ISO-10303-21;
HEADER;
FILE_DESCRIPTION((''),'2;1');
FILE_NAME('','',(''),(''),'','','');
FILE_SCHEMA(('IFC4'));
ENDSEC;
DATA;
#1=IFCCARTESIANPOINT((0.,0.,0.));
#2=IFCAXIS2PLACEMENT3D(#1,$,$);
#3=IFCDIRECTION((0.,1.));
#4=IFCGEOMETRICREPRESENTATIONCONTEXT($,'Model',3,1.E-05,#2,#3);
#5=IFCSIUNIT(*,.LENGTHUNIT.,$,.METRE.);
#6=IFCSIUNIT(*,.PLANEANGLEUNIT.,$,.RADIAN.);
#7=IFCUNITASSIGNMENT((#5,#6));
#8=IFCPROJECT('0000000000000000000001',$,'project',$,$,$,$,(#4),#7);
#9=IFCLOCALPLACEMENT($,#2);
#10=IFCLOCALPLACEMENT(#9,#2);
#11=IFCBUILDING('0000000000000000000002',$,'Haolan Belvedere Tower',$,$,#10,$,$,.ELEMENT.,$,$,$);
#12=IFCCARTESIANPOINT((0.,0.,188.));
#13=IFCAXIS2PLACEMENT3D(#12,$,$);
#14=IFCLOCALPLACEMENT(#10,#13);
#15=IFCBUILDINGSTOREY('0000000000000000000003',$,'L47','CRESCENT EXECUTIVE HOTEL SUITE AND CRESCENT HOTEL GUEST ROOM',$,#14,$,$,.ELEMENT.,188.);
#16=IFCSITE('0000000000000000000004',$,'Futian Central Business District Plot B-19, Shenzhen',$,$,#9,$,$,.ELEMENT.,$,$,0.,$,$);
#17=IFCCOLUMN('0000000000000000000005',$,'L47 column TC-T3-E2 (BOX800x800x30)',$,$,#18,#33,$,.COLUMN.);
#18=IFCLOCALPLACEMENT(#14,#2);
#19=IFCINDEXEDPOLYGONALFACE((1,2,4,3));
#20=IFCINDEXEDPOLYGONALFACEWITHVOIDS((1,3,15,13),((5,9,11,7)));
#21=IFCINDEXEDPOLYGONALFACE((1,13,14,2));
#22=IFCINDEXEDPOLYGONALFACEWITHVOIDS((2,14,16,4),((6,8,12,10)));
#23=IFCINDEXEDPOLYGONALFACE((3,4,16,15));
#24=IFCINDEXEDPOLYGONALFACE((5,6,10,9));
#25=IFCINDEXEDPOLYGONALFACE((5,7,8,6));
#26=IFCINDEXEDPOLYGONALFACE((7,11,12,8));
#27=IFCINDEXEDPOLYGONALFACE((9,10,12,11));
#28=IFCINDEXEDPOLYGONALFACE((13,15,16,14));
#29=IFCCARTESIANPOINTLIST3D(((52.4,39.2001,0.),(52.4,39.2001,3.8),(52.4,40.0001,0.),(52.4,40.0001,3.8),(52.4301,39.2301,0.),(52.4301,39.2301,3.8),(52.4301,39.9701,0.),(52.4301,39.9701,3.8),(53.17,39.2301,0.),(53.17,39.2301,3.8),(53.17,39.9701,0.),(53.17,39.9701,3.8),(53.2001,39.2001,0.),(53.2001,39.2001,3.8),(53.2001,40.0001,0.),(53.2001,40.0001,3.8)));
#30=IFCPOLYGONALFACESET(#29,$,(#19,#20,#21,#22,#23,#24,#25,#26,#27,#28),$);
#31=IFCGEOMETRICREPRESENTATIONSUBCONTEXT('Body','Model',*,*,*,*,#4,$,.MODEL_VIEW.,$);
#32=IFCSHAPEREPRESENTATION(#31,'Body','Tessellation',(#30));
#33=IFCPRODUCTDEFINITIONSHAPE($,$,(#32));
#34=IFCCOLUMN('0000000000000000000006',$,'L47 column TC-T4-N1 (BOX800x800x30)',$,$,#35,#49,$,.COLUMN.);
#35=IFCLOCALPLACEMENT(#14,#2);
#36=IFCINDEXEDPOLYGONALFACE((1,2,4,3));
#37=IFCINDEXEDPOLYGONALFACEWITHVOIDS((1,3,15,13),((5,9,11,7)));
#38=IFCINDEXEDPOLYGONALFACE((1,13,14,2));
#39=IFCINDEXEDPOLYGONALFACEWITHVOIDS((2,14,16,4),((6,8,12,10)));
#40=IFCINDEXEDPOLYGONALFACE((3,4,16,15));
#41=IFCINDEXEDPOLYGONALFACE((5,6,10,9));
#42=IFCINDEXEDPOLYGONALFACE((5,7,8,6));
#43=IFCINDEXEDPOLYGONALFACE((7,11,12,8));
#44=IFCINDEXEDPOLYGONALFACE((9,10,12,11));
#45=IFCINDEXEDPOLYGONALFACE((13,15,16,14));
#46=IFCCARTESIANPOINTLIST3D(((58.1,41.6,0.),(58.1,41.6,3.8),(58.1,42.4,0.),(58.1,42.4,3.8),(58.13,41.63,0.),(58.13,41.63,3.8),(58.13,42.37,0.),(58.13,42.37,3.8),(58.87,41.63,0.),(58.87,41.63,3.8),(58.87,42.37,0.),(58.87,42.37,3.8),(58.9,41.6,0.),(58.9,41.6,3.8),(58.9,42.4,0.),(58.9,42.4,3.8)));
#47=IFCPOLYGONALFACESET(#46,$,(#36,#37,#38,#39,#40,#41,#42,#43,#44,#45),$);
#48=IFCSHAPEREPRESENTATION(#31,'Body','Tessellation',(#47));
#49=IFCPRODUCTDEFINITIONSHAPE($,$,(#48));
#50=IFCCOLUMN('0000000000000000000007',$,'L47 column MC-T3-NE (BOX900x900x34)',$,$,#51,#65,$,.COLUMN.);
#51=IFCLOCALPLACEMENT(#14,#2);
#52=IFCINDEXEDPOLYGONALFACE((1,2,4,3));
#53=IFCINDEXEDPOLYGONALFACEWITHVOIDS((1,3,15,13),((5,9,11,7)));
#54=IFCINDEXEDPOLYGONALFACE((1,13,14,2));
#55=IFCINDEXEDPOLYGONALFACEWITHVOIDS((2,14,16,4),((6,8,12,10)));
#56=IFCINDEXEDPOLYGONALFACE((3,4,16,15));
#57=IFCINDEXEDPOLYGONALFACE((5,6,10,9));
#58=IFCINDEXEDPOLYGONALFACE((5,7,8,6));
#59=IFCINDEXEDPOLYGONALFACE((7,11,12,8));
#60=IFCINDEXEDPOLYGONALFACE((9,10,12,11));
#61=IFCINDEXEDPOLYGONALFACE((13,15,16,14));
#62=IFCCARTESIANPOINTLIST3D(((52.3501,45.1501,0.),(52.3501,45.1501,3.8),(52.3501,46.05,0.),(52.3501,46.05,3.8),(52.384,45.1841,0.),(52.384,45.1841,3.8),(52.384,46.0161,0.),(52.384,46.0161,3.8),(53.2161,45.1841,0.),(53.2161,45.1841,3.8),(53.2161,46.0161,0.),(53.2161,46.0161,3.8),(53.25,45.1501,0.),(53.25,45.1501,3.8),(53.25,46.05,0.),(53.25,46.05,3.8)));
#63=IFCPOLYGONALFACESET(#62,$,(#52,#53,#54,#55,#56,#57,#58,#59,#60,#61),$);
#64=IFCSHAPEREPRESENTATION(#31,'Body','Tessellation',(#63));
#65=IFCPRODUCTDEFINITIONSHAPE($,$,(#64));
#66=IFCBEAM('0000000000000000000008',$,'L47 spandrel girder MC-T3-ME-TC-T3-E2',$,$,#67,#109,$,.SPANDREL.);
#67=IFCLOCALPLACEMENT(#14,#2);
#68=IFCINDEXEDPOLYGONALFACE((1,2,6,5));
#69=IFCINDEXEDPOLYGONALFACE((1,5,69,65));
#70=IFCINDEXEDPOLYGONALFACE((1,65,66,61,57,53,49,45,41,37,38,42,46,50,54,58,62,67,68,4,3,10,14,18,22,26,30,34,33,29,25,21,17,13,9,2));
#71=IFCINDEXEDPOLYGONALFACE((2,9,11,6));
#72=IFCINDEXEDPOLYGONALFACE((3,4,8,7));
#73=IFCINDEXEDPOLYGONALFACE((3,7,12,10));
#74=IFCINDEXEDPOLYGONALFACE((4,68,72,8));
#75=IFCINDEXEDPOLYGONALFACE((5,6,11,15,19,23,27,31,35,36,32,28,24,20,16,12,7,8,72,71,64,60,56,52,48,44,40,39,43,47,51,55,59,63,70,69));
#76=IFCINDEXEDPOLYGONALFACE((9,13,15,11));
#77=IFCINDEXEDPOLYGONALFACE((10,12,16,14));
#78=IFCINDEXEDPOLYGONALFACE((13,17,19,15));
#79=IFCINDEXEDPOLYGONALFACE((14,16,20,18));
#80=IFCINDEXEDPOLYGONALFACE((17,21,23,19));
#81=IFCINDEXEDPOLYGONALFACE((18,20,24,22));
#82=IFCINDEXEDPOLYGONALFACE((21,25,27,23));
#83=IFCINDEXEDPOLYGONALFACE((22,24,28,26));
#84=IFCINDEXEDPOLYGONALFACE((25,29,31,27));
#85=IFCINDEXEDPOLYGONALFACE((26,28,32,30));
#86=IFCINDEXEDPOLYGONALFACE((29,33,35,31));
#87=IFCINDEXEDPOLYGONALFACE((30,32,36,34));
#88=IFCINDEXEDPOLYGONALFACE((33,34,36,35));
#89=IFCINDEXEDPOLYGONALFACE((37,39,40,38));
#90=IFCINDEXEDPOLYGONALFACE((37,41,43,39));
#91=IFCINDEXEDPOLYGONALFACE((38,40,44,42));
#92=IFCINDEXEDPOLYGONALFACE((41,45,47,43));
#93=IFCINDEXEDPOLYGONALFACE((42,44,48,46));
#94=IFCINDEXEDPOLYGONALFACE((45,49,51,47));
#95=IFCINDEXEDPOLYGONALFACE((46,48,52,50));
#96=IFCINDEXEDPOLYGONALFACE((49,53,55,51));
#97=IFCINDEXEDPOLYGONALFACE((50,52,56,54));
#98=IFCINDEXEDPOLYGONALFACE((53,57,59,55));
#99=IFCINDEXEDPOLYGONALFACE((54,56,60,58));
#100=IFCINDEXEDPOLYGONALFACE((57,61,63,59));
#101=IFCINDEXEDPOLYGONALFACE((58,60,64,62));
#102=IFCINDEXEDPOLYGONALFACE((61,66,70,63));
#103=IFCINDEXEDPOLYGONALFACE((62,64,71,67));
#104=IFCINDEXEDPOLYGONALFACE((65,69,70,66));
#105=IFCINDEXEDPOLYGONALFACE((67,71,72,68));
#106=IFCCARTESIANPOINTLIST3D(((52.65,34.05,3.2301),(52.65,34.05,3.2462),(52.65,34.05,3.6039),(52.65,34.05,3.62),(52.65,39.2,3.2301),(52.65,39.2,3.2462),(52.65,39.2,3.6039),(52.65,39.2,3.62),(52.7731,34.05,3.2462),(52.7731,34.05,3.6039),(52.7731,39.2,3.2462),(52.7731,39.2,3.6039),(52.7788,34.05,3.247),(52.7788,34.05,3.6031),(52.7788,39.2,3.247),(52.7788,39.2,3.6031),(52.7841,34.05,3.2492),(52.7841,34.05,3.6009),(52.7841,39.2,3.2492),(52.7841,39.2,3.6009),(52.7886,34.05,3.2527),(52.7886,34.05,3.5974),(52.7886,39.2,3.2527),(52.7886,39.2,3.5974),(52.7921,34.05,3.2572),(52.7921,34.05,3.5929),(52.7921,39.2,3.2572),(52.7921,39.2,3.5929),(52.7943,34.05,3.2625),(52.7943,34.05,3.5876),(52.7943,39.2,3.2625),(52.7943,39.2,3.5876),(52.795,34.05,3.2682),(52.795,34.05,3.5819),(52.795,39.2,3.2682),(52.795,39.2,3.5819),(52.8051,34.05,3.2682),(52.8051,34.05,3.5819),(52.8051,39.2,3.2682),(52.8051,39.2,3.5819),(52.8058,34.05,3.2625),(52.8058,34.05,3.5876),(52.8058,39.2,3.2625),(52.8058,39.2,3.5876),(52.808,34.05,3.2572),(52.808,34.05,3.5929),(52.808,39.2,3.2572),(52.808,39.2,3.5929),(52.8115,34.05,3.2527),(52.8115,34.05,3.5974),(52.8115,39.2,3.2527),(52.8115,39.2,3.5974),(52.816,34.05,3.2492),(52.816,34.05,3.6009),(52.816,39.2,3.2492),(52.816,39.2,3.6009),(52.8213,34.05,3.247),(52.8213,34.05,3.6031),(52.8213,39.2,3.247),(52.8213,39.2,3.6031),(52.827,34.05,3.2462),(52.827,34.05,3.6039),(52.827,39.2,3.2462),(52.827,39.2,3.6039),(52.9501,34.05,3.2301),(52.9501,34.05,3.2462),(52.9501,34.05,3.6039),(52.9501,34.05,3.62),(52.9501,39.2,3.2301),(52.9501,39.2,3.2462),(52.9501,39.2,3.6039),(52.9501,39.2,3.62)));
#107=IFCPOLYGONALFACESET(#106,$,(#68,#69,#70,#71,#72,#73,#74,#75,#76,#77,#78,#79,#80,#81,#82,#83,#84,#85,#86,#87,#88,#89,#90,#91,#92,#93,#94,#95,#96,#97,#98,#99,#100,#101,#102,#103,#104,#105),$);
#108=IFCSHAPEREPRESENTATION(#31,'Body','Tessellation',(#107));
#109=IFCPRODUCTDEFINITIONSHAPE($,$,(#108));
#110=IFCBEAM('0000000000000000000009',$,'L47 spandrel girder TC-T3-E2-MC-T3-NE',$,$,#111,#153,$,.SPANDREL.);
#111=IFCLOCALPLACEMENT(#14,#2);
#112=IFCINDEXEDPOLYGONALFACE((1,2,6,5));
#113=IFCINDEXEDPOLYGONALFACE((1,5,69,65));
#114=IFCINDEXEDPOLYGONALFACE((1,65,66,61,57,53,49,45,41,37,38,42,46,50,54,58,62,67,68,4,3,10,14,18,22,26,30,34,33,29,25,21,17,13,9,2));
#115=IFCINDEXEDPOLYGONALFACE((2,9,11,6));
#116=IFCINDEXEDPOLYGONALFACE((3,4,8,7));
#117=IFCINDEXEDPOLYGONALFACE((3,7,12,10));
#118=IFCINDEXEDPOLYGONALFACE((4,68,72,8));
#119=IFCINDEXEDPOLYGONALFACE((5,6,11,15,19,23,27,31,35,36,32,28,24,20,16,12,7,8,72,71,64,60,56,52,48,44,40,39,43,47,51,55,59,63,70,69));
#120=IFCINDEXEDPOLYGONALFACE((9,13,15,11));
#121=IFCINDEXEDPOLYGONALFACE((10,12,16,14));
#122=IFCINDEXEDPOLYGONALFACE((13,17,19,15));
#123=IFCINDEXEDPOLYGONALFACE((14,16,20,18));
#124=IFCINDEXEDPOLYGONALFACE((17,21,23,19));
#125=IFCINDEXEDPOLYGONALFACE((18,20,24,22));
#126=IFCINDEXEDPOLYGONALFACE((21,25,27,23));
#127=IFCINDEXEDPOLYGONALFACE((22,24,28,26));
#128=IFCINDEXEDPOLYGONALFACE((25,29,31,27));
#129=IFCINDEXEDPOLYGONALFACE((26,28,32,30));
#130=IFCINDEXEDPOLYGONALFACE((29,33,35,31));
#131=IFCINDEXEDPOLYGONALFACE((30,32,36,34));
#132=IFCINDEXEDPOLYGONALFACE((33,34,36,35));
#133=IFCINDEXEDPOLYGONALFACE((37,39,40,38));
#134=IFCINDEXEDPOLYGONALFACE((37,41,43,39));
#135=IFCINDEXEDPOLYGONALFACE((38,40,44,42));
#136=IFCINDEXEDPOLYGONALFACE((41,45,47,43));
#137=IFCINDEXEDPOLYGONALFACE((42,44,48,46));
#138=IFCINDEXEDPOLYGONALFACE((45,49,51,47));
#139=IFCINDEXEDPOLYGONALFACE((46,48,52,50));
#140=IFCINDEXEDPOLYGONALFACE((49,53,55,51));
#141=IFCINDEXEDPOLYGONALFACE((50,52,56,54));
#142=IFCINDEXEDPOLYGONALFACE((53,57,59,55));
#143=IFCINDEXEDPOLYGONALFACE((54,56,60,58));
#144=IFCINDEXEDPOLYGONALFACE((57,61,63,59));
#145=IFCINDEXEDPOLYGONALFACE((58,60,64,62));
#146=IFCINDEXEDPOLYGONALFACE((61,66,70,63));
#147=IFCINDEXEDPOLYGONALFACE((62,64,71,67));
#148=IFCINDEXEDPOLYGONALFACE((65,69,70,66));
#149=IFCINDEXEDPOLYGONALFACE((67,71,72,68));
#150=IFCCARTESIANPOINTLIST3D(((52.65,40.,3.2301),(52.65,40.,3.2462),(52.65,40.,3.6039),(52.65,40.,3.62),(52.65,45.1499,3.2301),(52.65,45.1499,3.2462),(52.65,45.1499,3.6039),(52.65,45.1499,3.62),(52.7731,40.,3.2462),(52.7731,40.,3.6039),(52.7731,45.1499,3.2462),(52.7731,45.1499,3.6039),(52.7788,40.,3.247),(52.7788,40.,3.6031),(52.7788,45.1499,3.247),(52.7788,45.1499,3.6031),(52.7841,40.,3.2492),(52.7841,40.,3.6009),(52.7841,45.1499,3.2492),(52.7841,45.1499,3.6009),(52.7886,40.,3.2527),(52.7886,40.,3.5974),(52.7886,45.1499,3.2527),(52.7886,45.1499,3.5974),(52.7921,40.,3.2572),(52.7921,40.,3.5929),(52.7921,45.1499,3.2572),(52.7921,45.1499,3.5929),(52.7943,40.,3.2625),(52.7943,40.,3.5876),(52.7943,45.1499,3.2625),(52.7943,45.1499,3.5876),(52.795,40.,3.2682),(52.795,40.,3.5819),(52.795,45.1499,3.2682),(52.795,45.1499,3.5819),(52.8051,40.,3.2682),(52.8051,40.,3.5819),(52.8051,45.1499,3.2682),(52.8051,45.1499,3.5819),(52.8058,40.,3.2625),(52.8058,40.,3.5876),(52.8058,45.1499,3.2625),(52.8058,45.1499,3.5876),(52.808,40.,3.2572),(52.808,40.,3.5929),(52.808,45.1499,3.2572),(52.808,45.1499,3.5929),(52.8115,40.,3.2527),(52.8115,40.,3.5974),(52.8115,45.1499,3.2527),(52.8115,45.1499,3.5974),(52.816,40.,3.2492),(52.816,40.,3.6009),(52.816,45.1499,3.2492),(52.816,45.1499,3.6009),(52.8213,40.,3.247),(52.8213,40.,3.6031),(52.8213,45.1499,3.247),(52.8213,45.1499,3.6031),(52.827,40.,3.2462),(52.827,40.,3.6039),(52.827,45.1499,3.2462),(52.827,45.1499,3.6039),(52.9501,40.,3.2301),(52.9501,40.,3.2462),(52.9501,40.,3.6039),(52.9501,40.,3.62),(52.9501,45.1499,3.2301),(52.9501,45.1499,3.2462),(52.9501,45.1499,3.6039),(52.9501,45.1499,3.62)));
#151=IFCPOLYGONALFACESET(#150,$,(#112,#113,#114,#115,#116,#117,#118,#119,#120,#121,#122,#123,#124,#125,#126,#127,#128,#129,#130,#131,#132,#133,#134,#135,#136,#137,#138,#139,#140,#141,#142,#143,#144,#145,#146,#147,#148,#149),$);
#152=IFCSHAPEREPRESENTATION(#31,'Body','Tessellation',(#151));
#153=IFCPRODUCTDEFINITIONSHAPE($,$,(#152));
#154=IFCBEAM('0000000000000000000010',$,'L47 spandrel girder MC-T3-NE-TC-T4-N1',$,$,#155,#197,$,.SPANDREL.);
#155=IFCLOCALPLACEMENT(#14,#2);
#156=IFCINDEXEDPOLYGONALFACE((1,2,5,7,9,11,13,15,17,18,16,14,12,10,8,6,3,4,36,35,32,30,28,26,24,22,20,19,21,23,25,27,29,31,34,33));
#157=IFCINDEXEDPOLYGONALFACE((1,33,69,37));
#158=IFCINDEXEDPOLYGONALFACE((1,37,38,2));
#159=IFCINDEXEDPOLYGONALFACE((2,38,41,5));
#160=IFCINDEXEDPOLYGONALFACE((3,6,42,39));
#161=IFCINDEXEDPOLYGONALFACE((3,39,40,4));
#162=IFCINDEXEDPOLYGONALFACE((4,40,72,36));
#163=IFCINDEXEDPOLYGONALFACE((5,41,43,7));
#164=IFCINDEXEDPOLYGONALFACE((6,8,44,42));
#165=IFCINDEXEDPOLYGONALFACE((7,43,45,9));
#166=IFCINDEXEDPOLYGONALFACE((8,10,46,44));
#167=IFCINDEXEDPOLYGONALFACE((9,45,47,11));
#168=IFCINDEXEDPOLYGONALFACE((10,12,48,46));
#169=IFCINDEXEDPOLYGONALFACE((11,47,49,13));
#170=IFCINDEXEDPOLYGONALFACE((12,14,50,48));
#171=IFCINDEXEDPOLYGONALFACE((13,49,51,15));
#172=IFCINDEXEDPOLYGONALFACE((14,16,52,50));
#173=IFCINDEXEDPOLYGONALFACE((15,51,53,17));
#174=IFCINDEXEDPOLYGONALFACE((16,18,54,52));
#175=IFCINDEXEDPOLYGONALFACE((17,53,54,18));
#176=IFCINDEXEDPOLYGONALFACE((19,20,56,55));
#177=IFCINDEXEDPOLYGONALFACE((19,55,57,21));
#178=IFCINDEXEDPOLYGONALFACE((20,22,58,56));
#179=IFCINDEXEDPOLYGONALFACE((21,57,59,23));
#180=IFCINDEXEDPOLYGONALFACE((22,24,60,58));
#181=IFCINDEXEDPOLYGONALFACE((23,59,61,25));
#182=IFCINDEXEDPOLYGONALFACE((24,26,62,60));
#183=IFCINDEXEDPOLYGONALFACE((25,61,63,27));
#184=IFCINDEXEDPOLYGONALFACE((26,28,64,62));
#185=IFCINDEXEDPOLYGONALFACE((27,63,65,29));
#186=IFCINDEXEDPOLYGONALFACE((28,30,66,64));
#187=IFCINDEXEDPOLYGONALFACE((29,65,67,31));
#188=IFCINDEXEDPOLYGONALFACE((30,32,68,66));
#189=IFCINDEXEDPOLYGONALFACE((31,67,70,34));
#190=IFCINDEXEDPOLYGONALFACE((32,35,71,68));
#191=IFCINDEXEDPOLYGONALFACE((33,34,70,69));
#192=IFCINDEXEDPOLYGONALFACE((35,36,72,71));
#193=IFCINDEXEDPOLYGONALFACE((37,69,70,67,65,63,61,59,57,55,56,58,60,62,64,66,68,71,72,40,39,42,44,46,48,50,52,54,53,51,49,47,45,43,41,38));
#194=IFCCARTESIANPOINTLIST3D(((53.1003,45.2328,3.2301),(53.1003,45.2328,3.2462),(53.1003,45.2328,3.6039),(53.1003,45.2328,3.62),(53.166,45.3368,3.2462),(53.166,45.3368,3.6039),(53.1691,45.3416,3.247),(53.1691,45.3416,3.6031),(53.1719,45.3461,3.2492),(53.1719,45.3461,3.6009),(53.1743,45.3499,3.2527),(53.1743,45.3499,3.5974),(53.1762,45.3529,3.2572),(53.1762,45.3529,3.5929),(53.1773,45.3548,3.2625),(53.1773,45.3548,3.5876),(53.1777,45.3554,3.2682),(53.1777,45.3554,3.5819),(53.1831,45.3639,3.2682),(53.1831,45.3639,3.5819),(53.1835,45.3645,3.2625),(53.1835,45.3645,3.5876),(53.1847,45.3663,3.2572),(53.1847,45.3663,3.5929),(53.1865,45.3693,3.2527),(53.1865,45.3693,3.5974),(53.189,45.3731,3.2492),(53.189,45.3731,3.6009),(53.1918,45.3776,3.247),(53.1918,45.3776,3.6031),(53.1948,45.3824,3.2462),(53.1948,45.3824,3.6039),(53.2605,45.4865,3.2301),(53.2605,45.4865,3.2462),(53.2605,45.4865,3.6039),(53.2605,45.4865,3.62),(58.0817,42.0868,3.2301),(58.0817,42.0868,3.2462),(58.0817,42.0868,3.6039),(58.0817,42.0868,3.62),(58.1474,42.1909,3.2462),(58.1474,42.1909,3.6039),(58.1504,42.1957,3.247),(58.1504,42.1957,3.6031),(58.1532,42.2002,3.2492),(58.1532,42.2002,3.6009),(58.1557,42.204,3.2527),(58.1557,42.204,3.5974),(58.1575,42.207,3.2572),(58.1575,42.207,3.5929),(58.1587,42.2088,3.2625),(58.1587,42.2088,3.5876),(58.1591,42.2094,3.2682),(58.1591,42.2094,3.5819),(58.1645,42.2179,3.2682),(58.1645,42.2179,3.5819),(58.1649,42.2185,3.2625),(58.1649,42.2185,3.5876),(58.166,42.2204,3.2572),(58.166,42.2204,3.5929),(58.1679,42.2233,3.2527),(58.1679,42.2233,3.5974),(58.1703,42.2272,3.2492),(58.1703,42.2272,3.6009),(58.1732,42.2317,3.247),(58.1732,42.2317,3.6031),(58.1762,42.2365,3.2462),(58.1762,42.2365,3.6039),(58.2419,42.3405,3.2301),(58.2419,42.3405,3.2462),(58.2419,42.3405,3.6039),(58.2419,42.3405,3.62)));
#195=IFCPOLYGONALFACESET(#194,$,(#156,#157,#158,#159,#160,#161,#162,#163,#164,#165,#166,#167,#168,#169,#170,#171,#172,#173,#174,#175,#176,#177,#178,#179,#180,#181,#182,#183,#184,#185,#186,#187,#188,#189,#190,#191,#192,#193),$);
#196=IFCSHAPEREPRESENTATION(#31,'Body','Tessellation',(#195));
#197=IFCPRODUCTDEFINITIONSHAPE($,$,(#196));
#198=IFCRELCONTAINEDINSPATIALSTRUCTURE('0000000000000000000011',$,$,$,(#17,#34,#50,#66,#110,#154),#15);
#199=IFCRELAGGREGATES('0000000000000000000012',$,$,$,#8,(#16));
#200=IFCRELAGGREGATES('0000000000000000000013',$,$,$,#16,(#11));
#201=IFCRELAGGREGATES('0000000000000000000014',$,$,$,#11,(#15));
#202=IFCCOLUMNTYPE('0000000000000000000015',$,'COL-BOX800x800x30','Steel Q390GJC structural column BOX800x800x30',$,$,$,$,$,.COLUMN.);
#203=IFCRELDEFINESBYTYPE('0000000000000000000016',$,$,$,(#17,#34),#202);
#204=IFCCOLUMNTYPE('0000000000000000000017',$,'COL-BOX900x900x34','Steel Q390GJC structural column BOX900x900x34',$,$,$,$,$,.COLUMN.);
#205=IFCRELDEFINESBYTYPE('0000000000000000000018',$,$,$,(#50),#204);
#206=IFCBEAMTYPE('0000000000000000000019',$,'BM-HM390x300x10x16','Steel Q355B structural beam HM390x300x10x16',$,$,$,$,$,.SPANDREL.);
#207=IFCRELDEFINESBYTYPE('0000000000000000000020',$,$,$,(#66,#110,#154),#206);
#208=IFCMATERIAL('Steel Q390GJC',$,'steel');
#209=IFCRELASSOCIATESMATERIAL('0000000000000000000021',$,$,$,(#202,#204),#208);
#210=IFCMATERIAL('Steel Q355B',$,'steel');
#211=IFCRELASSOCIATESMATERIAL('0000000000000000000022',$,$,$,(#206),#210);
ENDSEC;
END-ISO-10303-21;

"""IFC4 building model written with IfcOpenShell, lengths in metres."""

from ifc_helpers import new_model, si_unit, direction, frame, origin, origin_2d, place, context, subcontext, project, spatial, hollow_rectangle, i_section, extrude, material, material_profile, profile_set, type_object, element, save


model = new_model("IFC4")

# Units and contexts
model_context = context("Model", 3, precision=1e-05, world=origin(), true_north=direction((0.0, 1.0)))
body_context = subcontext(model_context, "Body", "Model", "MODEL_VIEW")
ifc_project = project(units=[si_unit("LENGTHUNIT", "METRE"), si_unit("PLANEANGLEUNIT", "RADIAN")], contexts=[model_context])

# Site, building, storey
site_placement = place(None, origin())
site = spatial("IfcSite", under=ifc_project, at=site_placement, Name="Futian Central Business District Plot B-19, Shenzhen", CompositionType="ELEMENT", RefElevation=0.0)
building_placement = place(site_placement, origin())
building = spatial("IfcBuilding", under=site, at=building_placement, Name="Haolan Belvedere Tower", CompositionType="ELEMENT")
storey_placement = place(building_placement, frame((0.0, 0.0, 188.0)))
storey = spatial("IfcBuildingStorey", under=building, at=storey_placement, Name="L47", Description="CRESCENT EXECUTIVE HOTEL SUITE AND CRESCENT HOTEL GUEST ROOM", CompositionType="ELEMENT", Elevation=188.0)

# Columns
ifc_material_1 = material(Name="Steel Q390GJC", Category="steel")
ifc_material_profile_1 = material_profile(ifc_material_1, hollow_rectangle(XDim=0.8, YDim=0.8, WallThickness=0.03, at=origin_2d()), Name="Steel Q390GJC")
ifc_profile_set_1 = profile_set([ifc_material_profile_1], Name="Steel Q390GJC")
column_type_1 = type_object("IfcColumnType", Name="COL-BOX800x800x30", Description="Steel Q390GJC structural column BOX800x800x30", PredefinedType="COLUMN", material=ifc_profile_set_1)
for number, where, z_axis, x_axis, name in (
    (1, (52.8, 39.6001, 0.0), (0.0, 0.0, 1.0), (1.0, 0.0, 0.0), "L47 column TC-T3-E2 (BOX800x800x30)"),
    (2, (58.5, 42.0, 0.0), (0.0, 0.0, 1.0), (1.0, 0.0, 0.0), "L47 column TC-T4-N1 (BOX800x800x30)"),
):
    element("IfcColumn", number, at=place(storey_placement, frame(where, z_axis=z_axis, x_axis=x_axis)), inside=storey, type_object=column_type_1, Name=name, PredefinedType="COLUMN", context=body_context, shape_type="SweptSolid", body=[
        extrude(hollow_rectangle(XDim=0.8, YDim=0.8, WallThickness=0.03, at=origin_2d()), origin(), (0.0, 0.0, 1.0), 3.8),
    ])
ifc_material_profile_2 = material_profile(ifc_material_1, hollow_rectangle(XDim=0.8999, YDim=0.8999, WallThickness=0.0339, at=origin_2d()), Name="Steel Q390GJC")
ifc_profile_set_2 = profile_set([ifc_material_profile_2], Name="Steel Q390GJC")
column_type_2 = type_object("IfcColumnType", Name="COL-BOX900x900x34", Description="Steel Q390GJC structural column BOX900x900x34", PredefinedType="COLUMN", material=ifc_profile_set_2)
column_placement = place(storey_placement, frame((52.8, 45.6001, 0.0), z_axis=(0.0, 0.0, 1.0), x_axis=(1.0, 0.0, 0.0)))
element("IfcColumn", 3, at=column_placement, inside=storey, type_object=column_type_2, Name="L47 column MC-T3-NE (BOX900x900x34)", PredefinedType="COLUMN", context=body_context, shape_type="SweptSolid", body=[
    extrude(hollow_rectangle(XDim=0.8999, YDim=0.8999, WallThickness=0.0339, at=origin_2d()), origin(), (0.0, 0.0, 1.0), 3.8),
])

# Beams
ifc_material_2 = material(Name="Steel Q355B", Category="steel")
ifc_material_profile_3 = material_profile(ifc_material_2, i_section(OverallWidth=0.3, OverallDepth=0.3899, WebThickness=0.01, FlangeThickness=0.0161, FilletRadius=0.022, at=origin_2d()), Name="Steel Q355B")
ifc_profile_set_3 = profile_set([ifc_material_profile_3], Name="Steel Q355B")
beam_type = type_object("IfcBeamType", Name="BM-HM390x300x10x16", Description="Steel Q355B structural beam HM390x300x10x16", PredefinedType="SPANDREL", material=ifc_profile_set_3)
for number, where, z_axis, x_axis, name in (
    (4, (52.8, 34.05, 3.425), (0.0, 1.0, 0.0), (-1.0, 0.0, 0.0), "L47 spandrel girder MC-T3-ME-TC-T3-E2"),
    (5, (52.8, 40.0, 3.425), (0.0, 1.0, 0.0), (-1.0, 0.0, 0.0), "L47 spandrel girder TC-T3-E2-MC-T3-NE"),
):
    element("IfcBeam", number, at=place(storey_placement, frame(where, z_axis=z_axis, x_axis=x_axis)), inside=storey, type_object=beam_type, Name=name, PredefinedType="SPANDREL", context=body_context, shape_type="SweptSolid", body=[
        extrude(i_section(OverallWidth=0.3, OverallDepth=0.3899, WebThickness=0.01, FlangeThickness=0.0161, FilletRadius=0.022, at=origin_2d()), origin(), (0.0, 0.0, 1.0), 5.1499),
    ])
beam_placement = place(storey_placement, frame((53.1804, 45.3596, 3.425), z_axis=(0.845503, -0.533971, 0.0), x_axis=(0.533971, 0.845503, 0.0)))
element("IfcBeam", 6, at=beam_placement, inside=storey, type_object=beam_type, Name="L47 spandrel girder MC-T3-NE-TC-T4-N1", PredefinedType="SPANDREL", context=body_context, shape_type="SweptSolid", body=[
    extrude(i_section(OverallWidth=0.3, OverallDepth=0.3899, WebThickness=0.01, FlangeThickness=0.0161, FilletRadius=0.022, at=origin_2d()), origin(), (0.0, 0.0, 1.0), 5.8916),
])

save(model, "model.ifc")
